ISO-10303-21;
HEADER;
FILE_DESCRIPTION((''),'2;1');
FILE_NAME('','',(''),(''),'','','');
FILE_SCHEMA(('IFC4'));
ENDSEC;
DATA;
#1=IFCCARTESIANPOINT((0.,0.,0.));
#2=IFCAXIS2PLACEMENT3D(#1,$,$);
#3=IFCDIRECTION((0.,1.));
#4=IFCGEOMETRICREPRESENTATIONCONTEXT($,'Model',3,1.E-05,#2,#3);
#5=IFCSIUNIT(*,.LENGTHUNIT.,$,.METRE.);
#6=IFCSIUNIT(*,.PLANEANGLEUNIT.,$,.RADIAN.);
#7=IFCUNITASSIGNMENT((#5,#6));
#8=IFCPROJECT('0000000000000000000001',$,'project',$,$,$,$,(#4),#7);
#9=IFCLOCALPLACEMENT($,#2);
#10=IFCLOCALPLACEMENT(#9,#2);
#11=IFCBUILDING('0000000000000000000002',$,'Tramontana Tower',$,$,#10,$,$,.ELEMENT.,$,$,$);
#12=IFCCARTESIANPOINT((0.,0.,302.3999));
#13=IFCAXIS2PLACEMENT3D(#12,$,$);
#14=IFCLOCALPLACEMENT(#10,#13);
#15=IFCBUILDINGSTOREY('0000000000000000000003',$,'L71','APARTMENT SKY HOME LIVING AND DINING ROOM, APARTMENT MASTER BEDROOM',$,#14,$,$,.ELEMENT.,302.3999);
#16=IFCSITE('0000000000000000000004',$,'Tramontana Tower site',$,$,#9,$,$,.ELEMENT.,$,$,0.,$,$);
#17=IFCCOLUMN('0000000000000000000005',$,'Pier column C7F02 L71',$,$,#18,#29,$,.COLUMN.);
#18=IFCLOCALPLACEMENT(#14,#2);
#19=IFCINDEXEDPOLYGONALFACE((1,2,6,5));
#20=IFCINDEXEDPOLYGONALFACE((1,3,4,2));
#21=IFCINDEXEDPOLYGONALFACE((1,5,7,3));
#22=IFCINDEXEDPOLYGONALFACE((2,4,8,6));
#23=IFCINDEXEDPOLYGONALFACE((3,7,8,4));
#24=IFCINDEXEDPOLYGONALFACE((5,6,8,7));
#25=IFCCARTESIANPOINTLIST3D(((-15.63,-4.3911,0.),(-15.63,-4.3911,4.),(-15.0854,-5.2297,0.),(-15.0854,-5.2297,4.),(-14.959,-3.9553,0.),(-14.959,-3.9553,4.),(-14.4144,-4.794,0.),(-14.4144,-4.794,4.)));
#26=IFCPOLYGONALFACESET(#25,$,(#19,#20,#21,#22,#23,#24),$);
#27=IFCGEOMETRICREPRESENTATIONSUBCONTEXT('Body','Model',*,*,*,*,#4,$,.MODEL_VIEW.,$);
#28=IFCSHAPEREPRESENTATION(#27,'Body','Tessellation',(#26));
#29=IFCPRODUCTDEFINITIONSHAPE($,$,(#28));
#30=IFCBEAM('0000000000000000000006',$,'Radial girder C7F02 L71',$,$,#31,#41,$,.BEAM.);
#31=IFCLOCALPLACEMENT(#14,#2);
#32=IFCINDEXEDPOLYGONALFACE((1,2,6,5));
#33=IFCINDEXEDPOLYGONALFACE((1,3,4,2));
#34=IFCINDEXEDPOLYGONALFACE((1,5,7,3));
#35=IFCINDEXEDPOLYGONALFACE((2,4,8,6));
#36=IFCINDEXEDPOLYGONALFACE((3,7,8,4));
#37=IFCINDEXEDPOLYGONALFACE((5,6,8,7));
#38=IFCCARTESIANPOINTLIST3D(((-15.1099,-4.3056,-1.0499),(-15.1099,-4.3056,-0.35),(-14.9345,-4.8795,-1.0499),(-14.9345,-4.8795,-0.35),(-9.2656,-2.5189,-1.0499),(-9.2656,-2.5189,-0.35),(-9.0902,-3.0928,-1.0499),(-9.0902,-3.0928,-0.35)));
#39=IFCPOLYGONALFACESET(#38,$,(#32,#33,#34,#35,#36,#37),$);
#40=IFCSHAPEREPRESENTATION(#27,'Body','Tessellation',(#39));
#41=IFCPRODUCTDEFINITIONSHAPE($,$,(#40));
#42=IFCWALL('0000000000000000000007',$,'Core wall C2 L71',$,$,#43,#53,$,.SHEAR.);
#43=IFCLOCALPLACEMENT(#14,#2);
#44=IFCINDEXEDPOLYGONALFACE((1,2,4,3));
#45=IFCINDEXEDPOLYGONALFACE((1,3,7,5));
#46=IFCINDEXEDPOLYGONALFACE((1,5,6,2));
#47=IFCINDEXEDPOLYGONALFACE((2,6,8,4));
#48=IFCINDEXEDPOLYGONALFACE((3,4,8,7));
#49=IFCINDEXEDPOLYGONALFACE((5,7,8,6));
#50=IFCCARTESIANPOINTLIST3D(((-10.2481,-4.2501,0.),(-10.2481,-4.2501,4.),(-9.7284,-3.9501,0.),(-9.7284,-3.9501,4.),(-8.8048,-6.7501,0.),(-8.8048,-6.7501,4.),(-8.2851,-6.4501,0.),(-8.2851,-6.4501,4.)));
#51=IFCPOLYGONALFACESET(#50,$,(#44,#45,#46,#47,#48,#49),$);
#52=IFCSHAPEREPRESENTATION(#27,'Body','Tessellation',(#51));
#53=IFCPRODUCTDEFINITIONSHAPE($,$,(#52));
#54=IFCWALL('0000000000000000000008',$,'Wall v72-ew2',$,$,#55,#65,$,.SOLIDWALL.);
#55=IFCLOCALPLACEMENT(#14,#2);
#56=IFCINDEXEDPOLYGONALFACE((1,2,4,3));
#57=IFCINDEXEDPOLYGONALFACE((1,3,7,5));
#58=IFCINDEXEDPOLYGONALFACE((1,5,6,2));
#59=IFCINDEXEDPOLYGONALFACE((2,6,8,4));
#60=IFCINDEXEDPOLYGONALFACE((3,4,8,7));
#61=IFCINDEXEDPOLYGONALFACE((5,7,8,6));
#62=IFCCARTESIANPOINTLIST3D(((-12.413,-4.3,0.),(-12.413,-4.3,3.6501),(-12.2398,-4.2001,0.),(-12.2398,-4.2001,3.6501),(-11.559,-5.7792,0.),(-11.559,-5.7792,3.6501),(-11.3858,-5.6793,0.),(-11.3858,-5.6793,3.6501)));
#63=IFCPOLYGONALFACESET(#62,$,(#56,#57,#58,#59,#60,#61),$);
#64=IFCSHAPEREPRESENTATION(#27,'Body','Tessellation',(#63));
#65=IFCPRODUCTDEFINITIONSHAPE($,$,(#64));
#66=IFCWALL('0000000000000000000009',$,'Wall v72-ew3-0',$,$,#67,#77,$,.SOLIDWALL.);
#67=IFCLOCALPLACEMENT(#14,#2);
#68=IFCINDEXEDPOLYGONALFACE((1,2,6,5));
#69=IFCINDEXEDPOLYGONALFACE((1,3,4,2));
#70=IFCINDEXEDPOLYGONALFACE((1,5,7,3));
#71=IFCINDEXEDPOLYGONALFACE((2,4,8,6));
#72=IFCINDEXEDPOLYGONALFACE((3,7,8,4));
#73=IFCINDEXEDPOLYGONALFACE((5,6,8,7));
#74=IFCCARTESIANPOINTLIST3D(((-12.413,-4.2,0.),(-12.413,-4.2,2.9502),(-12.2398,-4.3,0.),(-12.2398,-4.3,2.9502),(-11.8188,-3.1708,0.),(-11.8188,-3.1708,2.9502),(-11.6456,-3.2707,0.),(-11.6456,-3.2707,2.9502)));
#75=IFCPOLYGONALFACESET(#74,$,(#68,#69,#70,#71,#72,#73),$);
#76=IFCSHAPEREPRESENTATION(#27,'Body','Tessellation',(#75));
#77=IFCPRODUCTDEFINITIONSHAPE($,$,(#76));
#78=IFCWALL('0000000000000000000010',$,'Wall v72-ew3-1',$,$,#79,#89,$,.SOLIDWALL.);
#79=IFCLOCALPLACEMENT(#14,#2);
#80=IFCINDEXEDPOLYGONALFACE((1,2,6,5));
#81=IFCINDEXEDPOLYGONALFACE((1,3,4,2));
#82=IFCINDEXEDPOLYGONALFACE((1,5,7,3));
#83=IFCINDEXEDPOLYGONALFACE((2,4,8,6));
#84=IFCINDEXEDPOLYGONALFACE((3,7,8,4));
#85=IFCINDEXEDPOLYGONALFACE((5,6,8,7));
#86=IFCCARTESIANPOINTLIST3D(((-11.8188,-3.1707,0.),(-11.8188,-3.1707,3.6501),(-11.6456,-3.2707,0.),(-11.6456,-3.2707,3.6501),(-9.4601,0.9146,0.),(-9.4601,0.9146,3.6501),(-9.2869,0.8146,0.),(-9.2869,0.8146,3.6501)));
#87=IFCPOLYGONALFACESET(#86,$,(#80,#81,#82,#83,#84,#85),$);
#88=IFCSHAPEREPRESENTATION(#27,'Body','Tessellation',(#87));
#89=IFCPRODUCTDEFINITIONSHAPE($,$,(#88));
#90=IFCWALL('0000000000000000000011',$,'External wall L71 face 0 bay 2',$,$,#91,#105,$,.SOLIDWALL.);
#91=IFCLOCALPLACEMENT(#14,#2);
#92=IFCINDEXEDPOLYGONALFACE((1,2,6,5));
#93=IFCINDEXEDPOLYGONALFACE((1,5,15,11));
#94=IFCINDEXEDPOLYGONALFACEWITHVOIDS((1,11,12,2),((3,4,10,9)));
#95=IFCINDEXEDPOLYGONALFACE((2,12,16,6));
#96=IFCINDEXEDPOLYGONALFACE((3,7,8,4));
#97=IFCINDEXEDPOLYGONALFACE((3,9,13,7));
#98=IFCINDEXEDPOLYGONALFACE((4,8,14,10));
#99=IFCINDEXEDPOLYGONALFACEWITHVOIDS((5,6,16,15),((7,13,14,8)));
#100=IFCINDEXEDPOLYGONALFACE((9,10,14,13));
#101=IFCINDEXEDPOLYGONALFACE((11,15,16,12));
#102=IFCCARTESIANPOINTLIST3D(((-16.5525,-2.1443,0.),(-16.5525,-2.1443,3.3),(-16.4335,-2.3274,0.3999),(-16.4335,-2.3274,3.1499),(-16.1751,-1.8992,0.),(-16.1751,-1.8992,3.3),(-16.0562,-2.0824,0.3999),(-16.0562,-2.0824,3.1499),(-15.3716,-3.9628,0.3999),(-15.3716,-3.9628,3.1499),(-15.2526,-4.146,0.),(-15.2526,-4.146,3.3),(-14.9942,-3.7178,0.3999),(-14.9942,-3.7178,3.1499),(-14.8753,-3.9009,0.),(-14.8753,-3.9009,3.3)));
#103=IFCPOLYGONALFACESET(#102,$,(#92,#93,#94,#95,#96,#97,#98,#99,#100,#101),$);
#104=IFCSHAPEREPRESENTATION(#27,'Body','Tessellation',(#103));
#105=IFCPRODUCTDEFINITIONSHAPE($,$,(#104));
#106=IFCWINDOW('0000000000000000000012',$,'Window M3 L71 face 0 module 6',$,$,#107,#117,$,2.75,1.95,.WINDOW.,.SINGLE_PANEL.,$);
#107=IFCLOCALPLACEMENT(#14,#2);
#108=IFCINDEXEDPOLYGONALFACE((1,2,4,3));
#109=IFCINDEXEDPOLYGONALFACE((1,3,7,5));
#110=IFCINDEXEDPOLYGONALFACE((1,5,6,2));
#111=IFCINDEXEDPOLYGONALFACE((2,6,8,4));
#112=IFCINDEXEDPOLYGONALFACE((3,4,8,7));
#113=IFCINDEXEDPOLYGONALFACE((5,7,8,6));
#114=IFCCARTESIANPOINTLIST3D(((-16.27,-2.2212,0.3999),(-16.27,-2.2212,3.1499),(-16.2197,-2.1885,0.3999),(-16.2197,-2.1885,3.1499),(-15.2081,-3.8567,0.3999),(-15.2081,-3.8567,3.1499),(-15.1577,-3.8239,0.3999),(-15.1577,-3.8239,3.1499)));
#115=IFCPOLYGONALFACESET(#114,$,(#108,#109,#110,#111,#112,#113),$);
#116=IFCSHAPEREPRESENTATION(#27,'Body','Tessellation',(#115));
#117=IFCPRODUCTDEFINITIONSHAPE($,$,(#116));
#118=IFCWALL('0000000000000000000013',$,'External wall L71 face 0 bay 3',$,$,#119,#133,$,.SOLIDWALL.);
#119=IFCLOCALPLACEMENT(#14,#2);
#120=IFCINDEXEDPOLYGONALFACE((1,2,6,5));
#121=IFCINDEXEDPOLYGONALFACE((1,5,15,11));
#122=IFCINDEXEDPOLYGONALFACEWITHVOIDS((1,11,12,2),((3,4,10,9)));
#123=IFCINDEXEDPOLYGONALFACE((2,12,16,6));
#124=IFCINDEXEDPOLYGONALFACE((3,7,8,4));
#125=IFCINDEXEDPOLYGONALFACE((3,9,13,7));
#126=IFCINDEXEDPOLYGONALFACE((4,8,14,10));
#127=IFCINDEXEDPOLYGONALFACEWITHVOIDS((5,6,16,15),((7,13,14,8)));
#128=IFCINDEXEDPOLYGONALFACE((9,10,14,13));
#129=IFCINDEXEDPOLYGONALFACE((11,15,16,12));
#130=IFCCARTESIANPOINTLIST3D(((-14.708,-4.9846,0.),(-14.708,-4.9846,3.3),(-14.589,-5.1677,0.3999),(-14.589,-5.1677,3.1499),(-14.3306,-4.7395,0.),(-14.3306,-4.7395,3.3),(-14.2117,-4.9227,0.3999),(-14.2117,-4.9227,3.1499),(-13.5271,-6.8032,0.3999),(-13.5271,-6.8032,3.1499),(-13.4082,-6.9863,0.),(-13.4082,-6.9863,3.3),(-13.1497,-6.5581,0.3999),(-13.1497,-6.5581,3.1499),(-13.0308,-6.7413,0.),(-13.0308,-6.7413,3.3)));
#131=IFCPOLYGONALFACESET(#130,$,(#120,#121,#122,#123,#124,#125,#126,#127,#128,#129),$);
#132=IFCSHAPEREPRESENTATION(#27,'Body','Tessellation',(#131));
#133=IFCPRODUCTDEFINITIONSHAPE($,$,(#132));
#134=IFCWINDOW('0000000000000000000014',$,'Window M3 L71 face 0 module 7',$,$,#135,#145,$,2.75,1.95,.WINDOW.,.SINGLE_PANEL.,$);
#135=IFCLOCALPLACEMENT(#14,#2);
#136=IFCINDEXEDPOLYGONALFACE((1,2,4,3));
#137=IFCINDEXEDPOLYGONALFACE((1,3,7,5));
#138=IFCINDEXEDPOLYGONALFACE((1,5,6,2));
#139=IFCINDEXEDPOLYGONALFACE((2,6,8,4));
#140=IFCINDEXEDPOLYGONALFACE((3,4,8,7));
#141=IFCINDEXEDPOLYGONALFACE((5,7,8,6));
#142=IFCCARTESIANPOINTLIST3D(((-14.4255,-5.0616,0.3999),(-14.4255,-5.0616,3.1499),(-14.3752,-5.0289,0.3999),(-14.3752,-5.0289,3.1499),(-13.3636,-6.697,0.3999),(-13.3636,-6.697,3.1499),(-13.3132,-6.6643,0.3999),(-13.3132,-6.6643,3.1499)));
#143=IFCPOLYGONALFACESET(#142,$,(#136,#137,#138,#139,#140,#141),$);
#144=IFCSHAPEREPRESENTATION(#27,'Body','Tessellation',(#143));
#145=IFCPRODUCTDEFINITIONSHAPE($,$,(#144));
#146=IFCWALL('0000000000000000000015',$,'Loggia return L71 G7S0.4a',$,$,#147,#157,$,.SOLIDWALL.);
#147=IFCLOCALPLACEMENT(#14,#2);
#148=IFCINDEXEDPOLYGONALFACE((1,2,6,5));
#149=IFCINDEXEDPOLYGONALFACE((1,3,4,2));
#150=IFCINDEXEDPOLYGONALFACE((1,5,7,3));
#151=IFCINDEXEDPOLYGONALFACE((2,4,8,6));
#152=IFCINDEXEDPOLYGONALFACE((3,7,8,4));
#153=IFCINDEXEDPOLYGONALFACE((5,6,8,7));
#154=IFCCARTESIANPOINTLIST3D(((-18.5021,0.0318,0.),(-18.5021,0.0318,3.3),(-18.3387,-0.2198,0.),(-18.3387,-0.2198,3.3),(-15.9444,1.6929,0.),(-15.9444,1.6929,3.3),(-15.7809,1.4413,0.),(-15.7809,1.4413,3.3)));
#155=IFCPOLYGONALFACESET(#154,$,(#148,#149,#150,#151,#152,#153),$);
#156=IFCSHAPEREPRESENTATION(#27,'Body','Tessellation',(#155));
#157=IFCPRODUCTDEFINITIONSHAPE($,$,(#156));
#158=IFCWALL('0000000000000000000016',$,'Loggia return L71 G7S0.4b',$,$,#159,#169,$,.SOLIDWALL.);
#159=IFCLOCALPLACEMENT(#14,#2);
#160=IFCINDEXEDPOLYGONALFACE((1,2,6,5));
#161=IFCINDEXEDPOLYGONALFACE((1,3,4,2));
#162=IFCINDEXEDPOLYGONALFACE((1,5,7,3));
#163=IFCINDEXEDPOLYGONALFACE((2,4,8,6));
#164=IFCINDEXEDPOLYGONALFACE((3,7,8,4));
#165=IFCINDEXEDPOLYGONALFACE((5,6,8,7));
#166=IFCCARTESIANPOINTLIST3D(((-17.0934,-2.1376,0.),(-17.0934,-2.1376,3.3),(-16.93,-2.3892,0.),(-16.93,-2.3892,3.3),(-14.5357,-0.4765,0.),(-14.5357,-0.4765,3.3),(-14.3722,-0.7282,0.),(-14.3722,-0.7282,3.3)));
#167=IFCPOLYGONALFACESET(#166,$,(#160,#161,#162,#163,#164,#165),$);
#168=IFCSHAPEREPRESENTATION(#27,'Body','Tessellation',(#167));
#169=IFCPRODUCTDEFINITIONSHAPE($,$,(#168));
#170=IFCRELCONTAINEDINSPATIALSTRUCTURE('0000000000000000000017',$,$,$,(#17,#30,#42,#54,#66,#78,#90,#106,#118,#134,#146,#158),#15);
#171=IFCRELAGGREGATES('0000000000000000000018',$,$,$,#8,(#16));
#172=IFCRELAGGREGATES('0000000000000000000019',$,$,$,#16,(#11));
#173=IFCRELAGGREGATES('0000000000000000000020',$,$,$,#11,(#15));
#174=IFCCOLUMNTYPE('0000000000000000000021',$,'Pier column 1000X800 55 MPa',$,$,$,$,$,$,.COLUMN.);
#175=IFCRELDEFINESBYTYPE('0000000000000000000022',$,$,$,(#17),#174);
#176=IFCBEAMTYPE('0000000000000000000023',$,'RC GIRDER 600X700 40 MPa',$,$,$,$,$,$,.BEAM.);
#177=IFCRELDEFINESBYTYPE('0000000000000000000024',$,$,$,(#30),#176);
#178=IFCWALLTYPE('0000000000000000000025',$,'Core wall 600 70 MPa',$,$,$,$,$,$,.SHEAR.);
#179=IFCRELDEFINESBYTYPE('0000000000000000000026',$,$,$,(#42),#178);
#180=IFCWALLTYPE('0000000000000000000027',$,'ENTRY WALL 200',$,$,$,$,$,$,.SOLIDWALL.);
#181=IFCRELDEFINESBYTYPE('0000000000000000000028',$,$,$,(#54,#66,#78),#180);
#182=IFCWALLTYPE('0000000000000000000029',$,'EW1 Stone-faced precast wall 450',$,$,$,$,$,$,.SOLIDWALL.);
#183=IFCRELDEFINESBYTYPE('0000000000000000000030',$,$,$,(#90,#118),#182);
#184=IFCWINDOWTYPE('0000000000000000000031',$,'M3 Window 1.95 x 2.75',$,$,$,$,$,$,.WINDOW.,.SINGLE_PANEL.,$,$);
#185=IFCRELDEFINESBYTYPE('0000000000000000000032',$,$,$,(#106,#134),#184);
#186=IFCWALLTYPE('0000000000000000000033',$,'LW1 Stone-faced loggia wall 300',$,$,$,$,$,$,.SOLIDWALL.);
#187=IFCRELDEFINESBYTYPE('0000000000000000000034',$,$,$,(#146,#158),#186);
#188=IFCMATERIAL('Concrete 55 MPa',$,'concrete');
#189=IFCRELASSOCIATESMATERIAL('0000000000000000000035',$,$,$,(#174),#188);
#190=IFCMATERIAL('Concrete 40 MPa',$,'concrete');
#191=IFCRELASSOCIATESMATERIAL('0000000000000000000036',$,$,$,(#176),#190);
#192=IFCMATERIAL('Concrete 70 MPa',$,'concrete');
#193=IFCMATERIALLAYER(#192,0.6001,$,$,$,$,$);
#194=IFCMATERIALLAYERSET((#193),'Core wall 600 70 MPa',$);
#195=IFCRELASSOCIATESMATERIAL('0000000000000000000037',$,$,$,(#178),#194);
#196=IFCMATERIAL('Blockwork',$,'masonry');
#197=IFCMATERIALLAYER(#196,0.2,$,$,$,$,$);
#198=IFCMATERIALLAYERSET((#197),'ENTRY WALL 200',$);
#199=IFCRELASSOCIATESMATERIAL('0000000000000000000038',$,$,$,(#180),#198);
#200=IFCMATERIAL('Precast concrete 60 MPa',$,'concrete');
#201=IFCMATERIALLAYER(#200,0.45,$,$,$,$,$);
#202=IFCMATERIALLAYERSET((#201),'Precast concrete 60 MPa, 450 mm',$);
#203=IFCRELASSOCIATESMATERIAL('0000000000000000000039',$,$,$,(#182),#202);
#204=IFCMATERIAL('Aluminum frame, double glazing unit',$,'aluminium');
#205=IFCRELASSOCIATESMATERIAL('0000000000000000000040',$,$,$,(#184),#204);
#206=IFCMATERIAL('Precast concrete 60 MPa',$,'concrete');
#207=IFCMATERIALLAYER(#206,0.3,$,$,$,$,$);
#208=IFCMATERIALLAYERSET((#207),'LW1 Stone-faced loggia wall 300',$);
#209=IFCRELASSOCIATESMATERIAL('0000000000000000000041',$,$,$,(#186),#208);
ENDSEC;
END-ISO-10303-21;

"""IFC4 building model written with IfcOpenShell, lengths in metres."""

from ifc_helpers import new_model, si_unit, direction, frame, frame_2d, origin, origin_2d, place, context, subcontext, project, spatial, rectangle, extrude, material, layer, layer_set, material_profile, profile_set, type_object, element, fill, save


model = new_model("IFC4")

# Units and contexts
model_context = context("Model", 3, precision=1e-05, world=origin(), true_north=direction((0.0, 1.0)))
body_context = subcontext(model_context, "Body", "Model", "MODEL_VIEW")
ifc_project = project(units=[si_unit("LENGTHUNIT", "METRE"), si_unit("PLANEANGLEUNIT", "RADIAN")], contexts=[model_context])

# Site, building, storey
site_placement = place(None, origin())
site = spatial("IfcSite", under=ifc_project, at=site_placement, Name="Tramontana Tower site", CompositionType="ELEMENT", RefElevation=0.0)
building_placement = place(site_placement, origin())
building = spatial("IfcBuilding", under=site, at=building_placement, Name="Tramontana Tower", CompositionType="ELEMENT")
storey_placement = place(building_placement, frame((0.0, 0.0, 302.3999)))
storey = spatial("IfcBuildingStorey", under=building, at=storey_placement, Name="L71", Description="APARTMENT SKY HOME LIVING AND DINING ROOM, APARTMENT MASTER BEDROOM", CompositionType="ELEMENT", Elevation=302.3999)

# Column
ifc_material_1 = material(Name="Concrete 55 MPa", Category="concrete")
ifc_material_profile_1 = material_profile(ifc_material_1, rectangle(XDim=1.0, YDim=0.8, at=origin_2d()), Name="Pier column 1000X800 55 MPa")
ifc_profile_set_1 = profile_set([ifc_material_profile_1], Name="Concrete 55 MPa")
column_type = type_object("IfcColumnType", Name="Pier column 1000X800 55 MPa", PredefinedType="COLUMN", material=ifc_profile_set_1)
column_placement = place(storey_placement, frame((-15.0222, -4.5925, 0.0), z_axis=(0.0, 0.0, 1.0), x_axis=(0.544639, -0.838671, 0.0)))
element("IfcColumn", 1, at=column_placement, inside=storey, type_object=column_type, Name="Pier column C7F02 L71", PredefinedType="COLUMN", context=body_context, shape_type="SweptSolid", body=[
    extrude(rectangle(XDim=1.0, YDim=0.8, at=origin_2d()), origin(), (0.0, 0.0, 1.0), 4.0),
])

# Beam
ifc_material_2 = material(Name="Concrete 40 MPa", Category="concrete")
ifc_material_profile_2 = material_profile(ifc_material_2, rectangle(XDim=0.6001, YDim=0.7, at=origin_2d()), Name="RC GIRDER 600X700 40 MPa")
ifc_profile_set_2 = profile_set([ifc_material_profile_2], Name="Concrete 40 MPa")
beam_type = type_object("IfcBeamType", Name="RC GIRDER 600X700 40 MPa", PredefinedType="BEAM", material=ifc_profile_set_2)
beam_placement = place(storey_placement, frame((-15.0222, -4.5925, -0.7), z_axis=(0.956311, 0.29235, 0.0), x_axis=(-0.29235, 0.956311, 0.0)))
element("IfcBeam", 2, at=beam_placement, inside=storey, type_object=beam_type, Name="Radial girder C7F02 L71", PredefinedType="BEAM", context=body_context, shape_type="SweptSolid", body=[
    extrude(rectangle(XDim=0.6001, YDim=0.7, at=origin_2d()), origin(), (0.0, 0.0, 1.0), 6.1113),
])

# Walls
ifc_material_3 = material(Name="Concrete 70 MPa", Category="concrete")
ifc_layer_1 = layer(ifc_material_3, 0.6001)
ifc_layer_set_1 = layer_set([ifc_layer_1], Name="Core wall 600 70 MPa")
wall_type_1 = type_object("IfcWallType", Name="Core wall 600 70 MPa", PredefinedType="SHEAR", material=ifc_layer_set_1)
wall_1_placement = place(storey_placement, frame((-9.9883, -4.1001, 0.0), z_axis=(0.0, 0.0, 1.0), x_axis=(0.499996, -0.866028, 0.0)))
element("IfcWall", 3, at=wall_1_placement, inside=storey, type_object=wall_type_1, Name="Core wall C2 L71", PredefinedType="SHEAR", context=body_context, shape_type="SweptSolid", body=[
    extrude(rectangle(XDim=2.8867, YDim=0.6001, at=frame_2d((1.4434, 0.0))), origin(), (0.0, 0.0, 1.0), 4.0),
])
ifc_material_4 = material(Name="Blockwork", Category="masonry")
ifc_layer_2 = layer(ifc_material_4, 0.2)
ifc_layer_set_2 = layer_set([ifc_layer_2], Name="ENTRY WALL 200")
wall_type_2 = type_object("IfcWallType", Name="ENTRY WALL 200", PredefinedType="SOLIDWALL", material=ifc_layer_set_2)
wall_2_placement = place(storey_placement, frame((-11.4724, -5.7292, 0.0), z_axis=(0.0, 0.0, 1.0), x_axis=(-0.499982, 0.866036, 0.0)))
element("IfcWall", 4, at=wall_2_placement, inside=storey, type_object=wall_type_2, Name="Wall v72-ew2", PredefinedType="SOLIDWALL", context=body_context, shape_type="SweptSolid", body=[
    extrude(rectangle(XDim=1.708, YDim=0.2, at=frame_2d((0.854, 0.0))), origin(), (0.0, 0.0, 1.0), 3.6501),
])
wall_3_placement = place(storey_placement, frame((-12.3264, -4.25, 0.0), z_axis=(0.0, 0.0, 1.0), x_axis=(0.499983, 0.866035, 0.0)))
element("IfcWall", 5, at=wall_3_placement, inside=storey, type_object=wall_type_2, Name="Wall v72-ew3-0", PredefinedType="SOLIDWALL", context=body_context, shape_type="SweptSolid", body=[
    extrude(rectangle(XDim=1.1885, YDim=0.2, at=frame_2d((0.5942, 0.0))), origin(), (0.0, 0.0, 1.0), 2.9502),
])
wall_4_placement = place(storey_placement, frame((-11.7322, -3.2207, 0.0), z_axis=(0.0, 0.0, 1.0), x_axis=(0.500008, 0.866021, 0.0)))
element("IfcWall", 6, at=wall_4_placement, inside=storey, type_object=wall_type_2, Name="Wall v72-ew3-1", PredefinedType="SOLIDWALL", context=body_context, shape_type="SweptSolid", body=[
    extrude(rectangle(XDim=4.7173, YDim=0.2, at=frame_2d((2.3586, 0.0))), origin(), (0.0, 0.0, 1.0), 3.6501),
])

# Walls, openings, windows
ifc_material_5 = material(Name="Precast concrete 60 MPa", Category="concrete")
ifc_layer_3 = layer(ifc_material_5, 0.45)
ifc_layer_set_3 = layer_set([ifc_layer_3], Name="Precast concrete 60 MPa, 450 mm")
wall_type_3 = type_object("IfcWallType", Name="EW1 Stone-faced precast wall 450", PredefinedType="SOLIDWALL", material=ifc_layer_set_3)
wall_5_placement = place(storey_placement, frame((-16.3638, -2.0217, 0.0), z_axis=(0.0, 0.0, 1.0), x_axis=(0.544604, -0.838694, 0.0)))
wall_5 = element("IfcWall", 7, at=wall_5_placement, inside=storey, type_object=wall_type_3, Name="External wall L71 face 0 bay 2", PredefinedType="SOLIDWALL", context=body_context, shape_type="SweptSolid", body=[
    extrude(rectangle(XDim=2.3867, YDim=0.45, at=frame_2d((1.1934, 0.0))), origin(), (0.0, 0.0, 1.0), 3.3),
])
opening_1_placement = place(wall_5_placement, frame((0.2183, 0.0, 0.3999)))
opening_1 = element("IfcOpeningElement", 8, at=opening_1_placement, cuts=wall_5, PredefinedType="OPENING", context=body_context, shape_type="SweptSolid", body=[
    extrude(rectangle(XDim=1.95, YDim=2.75, at=frame_2d((0.9751, 1.375))), frame((0.0, 0.2349, 0.0), z_axis=(0.0, -1.0, 0.0), x_axis=(1.0, 0.0, 0.0)), (0.0, 0.0, 1.0), 0.47),
])
ifc_material_6 = material(Name="Aluminum frame, double glazing unit", Category="aluminium")
window_type = type_object("IfcWindowType", Name="M3 Window 1.95 x 2.75", PartitioningType="SINGLE_PANEL", PredefinedType="WINDOW", material=ifc_material_6)
window_1_placement = place(opening_1_placement, origin())
window_1 = element("IfcWindow", 9, at=window_1_placement, inside=storey, type_object=window_type, Name="Window M3 L71 face 0 module 6", OverallHeight=2.75, OverallWidth=1.95, PartitioningType="SINGLE_PANEL", PredefinedType="WINDOW", context=body_context, shape_type="SweptSolid", body=[
    extrude(rectangle(XDim=1.95, YDim=2.75, at=frame_2d((0.9751, 1.375))), frame((0.0, 0.03, 0.0), z_axis=(0.0, -1.0, 0.0), x_axis=(1.0, 0.0, 0.0)), (0.0, 0.0, 1.0), 0.0601),
])
fill(opening_1, window_1)
wall_6_placement = place(storey_placement, frame((-14.5193, -4.8621, 0.0), z_axis=(0.0, 0.0, 1.0), x_axis=(0.544604, -0.838694, 0.0)))
wall_6 = element("IfcWall", 10, at=wall_6_placement, inside=storey, type_object=wall_type_3, Name="External wall L71 face 0 bay 3", PredefinedType="SOLIDWALL", context=body_context, shape_type="SweptSolid", body=[
    extrude(rectangle(XDim=2.3867, YDim=0.45, at=frame_2d((1.1934, 0.0))), origin(), (0.0, 0.0, 1.0), 3.3),
])
opening_2_placement = place(wall_6_placement, frame((0.2183, 0.0, 0.3999)))
opening_2 = element("IfcOpeningElement", 11, at=opening_2_placement, cuts=wall_6, PredefinedType="OPENING", context=body_context, shape_type="SweptSolid", body=[
    extrude(rectangle(XDim=1.95, YDim=2.75, at=frame_2d((0.9751, 1.375))), frame((0.0, 0.2349, 0.0), z_axis=(0.0, -1.0, 0.0), x_axis=(1.0, 0.0, 0.0)), (0.0, 0.0, 1.0), 0.47),
])
window_2_placement = place(opening_2_placement, origin())
window_2 = element("IfcWindow", 12, at=window_2_placement, inside=storey, type_object=window_type, Name="Window M3 L71 face 0 module 7", OverallHeight=2.75, OverallWidth=1.95, PartitioningType="SINGLE_PANEL", PredefinedType="WINDOW", context=body_context, shape_type="SweptSolid", body=[
    extrude(rectangle(XDim=1.95, YDim=2.75, at=frame_2d((0.9751, 1.375))), frame((0.0, 0.03, 0.0), z_axis=(0.0, -1.0, 0.0), x_axis=(1.0, 0.0, 0.0)), (0.0, 0.0, 1.0), 0.0601),
])
fill(opening_2, window_2)

# Walls
ifc_material_7 = material(Name="Precast concrete 60 MPa", Category="concrete")
ifc_layer_4 = layer(ifc_material_7, 0.3)
ifc_layer_set_4 = layer_set([ifc_layer_4], Name="LW1 Stone-faced loggia wall 300")
wall_type_4 = type_object("IfcWallType", Name="LW1 Stone-faced loggia wall 300", PredefinedType="SOLIDWALL", material=ifc_layer_set_4)
for number, where, z_axis, x_axis, name in (
    (13, (-18.4204, -0.094, 0.0), (0.0, 0.0, 1.0), (0.838665, 0.544648, 0.0), "Loggia return L71 G7S0.4a"),
    (14, (-17.0117, -2.2634, 0.0), (0.0, 0.0, 1.0), (0.838665, 0.544648, 0.0), "Loggia return L71 G7S0.4b"),
):
    element("IfcWall", number, at=place(storey_placement, frame(where, z_axis=z_axis, x_axis=x_axis)), inside=storey, type_object=wall_type_4, Name=name, PredefinedType="SOLIDWALL", context=body_context, shape_type="SweptSolid", body=[
        extrude(rectangle(XDim=3.0498, YDim=0.3, at=frame_2d((1.5249, 0.0))), origin(), (0.0, 0.0, 1.0), 3.3),
    ])

save(model, "model.ifc")
